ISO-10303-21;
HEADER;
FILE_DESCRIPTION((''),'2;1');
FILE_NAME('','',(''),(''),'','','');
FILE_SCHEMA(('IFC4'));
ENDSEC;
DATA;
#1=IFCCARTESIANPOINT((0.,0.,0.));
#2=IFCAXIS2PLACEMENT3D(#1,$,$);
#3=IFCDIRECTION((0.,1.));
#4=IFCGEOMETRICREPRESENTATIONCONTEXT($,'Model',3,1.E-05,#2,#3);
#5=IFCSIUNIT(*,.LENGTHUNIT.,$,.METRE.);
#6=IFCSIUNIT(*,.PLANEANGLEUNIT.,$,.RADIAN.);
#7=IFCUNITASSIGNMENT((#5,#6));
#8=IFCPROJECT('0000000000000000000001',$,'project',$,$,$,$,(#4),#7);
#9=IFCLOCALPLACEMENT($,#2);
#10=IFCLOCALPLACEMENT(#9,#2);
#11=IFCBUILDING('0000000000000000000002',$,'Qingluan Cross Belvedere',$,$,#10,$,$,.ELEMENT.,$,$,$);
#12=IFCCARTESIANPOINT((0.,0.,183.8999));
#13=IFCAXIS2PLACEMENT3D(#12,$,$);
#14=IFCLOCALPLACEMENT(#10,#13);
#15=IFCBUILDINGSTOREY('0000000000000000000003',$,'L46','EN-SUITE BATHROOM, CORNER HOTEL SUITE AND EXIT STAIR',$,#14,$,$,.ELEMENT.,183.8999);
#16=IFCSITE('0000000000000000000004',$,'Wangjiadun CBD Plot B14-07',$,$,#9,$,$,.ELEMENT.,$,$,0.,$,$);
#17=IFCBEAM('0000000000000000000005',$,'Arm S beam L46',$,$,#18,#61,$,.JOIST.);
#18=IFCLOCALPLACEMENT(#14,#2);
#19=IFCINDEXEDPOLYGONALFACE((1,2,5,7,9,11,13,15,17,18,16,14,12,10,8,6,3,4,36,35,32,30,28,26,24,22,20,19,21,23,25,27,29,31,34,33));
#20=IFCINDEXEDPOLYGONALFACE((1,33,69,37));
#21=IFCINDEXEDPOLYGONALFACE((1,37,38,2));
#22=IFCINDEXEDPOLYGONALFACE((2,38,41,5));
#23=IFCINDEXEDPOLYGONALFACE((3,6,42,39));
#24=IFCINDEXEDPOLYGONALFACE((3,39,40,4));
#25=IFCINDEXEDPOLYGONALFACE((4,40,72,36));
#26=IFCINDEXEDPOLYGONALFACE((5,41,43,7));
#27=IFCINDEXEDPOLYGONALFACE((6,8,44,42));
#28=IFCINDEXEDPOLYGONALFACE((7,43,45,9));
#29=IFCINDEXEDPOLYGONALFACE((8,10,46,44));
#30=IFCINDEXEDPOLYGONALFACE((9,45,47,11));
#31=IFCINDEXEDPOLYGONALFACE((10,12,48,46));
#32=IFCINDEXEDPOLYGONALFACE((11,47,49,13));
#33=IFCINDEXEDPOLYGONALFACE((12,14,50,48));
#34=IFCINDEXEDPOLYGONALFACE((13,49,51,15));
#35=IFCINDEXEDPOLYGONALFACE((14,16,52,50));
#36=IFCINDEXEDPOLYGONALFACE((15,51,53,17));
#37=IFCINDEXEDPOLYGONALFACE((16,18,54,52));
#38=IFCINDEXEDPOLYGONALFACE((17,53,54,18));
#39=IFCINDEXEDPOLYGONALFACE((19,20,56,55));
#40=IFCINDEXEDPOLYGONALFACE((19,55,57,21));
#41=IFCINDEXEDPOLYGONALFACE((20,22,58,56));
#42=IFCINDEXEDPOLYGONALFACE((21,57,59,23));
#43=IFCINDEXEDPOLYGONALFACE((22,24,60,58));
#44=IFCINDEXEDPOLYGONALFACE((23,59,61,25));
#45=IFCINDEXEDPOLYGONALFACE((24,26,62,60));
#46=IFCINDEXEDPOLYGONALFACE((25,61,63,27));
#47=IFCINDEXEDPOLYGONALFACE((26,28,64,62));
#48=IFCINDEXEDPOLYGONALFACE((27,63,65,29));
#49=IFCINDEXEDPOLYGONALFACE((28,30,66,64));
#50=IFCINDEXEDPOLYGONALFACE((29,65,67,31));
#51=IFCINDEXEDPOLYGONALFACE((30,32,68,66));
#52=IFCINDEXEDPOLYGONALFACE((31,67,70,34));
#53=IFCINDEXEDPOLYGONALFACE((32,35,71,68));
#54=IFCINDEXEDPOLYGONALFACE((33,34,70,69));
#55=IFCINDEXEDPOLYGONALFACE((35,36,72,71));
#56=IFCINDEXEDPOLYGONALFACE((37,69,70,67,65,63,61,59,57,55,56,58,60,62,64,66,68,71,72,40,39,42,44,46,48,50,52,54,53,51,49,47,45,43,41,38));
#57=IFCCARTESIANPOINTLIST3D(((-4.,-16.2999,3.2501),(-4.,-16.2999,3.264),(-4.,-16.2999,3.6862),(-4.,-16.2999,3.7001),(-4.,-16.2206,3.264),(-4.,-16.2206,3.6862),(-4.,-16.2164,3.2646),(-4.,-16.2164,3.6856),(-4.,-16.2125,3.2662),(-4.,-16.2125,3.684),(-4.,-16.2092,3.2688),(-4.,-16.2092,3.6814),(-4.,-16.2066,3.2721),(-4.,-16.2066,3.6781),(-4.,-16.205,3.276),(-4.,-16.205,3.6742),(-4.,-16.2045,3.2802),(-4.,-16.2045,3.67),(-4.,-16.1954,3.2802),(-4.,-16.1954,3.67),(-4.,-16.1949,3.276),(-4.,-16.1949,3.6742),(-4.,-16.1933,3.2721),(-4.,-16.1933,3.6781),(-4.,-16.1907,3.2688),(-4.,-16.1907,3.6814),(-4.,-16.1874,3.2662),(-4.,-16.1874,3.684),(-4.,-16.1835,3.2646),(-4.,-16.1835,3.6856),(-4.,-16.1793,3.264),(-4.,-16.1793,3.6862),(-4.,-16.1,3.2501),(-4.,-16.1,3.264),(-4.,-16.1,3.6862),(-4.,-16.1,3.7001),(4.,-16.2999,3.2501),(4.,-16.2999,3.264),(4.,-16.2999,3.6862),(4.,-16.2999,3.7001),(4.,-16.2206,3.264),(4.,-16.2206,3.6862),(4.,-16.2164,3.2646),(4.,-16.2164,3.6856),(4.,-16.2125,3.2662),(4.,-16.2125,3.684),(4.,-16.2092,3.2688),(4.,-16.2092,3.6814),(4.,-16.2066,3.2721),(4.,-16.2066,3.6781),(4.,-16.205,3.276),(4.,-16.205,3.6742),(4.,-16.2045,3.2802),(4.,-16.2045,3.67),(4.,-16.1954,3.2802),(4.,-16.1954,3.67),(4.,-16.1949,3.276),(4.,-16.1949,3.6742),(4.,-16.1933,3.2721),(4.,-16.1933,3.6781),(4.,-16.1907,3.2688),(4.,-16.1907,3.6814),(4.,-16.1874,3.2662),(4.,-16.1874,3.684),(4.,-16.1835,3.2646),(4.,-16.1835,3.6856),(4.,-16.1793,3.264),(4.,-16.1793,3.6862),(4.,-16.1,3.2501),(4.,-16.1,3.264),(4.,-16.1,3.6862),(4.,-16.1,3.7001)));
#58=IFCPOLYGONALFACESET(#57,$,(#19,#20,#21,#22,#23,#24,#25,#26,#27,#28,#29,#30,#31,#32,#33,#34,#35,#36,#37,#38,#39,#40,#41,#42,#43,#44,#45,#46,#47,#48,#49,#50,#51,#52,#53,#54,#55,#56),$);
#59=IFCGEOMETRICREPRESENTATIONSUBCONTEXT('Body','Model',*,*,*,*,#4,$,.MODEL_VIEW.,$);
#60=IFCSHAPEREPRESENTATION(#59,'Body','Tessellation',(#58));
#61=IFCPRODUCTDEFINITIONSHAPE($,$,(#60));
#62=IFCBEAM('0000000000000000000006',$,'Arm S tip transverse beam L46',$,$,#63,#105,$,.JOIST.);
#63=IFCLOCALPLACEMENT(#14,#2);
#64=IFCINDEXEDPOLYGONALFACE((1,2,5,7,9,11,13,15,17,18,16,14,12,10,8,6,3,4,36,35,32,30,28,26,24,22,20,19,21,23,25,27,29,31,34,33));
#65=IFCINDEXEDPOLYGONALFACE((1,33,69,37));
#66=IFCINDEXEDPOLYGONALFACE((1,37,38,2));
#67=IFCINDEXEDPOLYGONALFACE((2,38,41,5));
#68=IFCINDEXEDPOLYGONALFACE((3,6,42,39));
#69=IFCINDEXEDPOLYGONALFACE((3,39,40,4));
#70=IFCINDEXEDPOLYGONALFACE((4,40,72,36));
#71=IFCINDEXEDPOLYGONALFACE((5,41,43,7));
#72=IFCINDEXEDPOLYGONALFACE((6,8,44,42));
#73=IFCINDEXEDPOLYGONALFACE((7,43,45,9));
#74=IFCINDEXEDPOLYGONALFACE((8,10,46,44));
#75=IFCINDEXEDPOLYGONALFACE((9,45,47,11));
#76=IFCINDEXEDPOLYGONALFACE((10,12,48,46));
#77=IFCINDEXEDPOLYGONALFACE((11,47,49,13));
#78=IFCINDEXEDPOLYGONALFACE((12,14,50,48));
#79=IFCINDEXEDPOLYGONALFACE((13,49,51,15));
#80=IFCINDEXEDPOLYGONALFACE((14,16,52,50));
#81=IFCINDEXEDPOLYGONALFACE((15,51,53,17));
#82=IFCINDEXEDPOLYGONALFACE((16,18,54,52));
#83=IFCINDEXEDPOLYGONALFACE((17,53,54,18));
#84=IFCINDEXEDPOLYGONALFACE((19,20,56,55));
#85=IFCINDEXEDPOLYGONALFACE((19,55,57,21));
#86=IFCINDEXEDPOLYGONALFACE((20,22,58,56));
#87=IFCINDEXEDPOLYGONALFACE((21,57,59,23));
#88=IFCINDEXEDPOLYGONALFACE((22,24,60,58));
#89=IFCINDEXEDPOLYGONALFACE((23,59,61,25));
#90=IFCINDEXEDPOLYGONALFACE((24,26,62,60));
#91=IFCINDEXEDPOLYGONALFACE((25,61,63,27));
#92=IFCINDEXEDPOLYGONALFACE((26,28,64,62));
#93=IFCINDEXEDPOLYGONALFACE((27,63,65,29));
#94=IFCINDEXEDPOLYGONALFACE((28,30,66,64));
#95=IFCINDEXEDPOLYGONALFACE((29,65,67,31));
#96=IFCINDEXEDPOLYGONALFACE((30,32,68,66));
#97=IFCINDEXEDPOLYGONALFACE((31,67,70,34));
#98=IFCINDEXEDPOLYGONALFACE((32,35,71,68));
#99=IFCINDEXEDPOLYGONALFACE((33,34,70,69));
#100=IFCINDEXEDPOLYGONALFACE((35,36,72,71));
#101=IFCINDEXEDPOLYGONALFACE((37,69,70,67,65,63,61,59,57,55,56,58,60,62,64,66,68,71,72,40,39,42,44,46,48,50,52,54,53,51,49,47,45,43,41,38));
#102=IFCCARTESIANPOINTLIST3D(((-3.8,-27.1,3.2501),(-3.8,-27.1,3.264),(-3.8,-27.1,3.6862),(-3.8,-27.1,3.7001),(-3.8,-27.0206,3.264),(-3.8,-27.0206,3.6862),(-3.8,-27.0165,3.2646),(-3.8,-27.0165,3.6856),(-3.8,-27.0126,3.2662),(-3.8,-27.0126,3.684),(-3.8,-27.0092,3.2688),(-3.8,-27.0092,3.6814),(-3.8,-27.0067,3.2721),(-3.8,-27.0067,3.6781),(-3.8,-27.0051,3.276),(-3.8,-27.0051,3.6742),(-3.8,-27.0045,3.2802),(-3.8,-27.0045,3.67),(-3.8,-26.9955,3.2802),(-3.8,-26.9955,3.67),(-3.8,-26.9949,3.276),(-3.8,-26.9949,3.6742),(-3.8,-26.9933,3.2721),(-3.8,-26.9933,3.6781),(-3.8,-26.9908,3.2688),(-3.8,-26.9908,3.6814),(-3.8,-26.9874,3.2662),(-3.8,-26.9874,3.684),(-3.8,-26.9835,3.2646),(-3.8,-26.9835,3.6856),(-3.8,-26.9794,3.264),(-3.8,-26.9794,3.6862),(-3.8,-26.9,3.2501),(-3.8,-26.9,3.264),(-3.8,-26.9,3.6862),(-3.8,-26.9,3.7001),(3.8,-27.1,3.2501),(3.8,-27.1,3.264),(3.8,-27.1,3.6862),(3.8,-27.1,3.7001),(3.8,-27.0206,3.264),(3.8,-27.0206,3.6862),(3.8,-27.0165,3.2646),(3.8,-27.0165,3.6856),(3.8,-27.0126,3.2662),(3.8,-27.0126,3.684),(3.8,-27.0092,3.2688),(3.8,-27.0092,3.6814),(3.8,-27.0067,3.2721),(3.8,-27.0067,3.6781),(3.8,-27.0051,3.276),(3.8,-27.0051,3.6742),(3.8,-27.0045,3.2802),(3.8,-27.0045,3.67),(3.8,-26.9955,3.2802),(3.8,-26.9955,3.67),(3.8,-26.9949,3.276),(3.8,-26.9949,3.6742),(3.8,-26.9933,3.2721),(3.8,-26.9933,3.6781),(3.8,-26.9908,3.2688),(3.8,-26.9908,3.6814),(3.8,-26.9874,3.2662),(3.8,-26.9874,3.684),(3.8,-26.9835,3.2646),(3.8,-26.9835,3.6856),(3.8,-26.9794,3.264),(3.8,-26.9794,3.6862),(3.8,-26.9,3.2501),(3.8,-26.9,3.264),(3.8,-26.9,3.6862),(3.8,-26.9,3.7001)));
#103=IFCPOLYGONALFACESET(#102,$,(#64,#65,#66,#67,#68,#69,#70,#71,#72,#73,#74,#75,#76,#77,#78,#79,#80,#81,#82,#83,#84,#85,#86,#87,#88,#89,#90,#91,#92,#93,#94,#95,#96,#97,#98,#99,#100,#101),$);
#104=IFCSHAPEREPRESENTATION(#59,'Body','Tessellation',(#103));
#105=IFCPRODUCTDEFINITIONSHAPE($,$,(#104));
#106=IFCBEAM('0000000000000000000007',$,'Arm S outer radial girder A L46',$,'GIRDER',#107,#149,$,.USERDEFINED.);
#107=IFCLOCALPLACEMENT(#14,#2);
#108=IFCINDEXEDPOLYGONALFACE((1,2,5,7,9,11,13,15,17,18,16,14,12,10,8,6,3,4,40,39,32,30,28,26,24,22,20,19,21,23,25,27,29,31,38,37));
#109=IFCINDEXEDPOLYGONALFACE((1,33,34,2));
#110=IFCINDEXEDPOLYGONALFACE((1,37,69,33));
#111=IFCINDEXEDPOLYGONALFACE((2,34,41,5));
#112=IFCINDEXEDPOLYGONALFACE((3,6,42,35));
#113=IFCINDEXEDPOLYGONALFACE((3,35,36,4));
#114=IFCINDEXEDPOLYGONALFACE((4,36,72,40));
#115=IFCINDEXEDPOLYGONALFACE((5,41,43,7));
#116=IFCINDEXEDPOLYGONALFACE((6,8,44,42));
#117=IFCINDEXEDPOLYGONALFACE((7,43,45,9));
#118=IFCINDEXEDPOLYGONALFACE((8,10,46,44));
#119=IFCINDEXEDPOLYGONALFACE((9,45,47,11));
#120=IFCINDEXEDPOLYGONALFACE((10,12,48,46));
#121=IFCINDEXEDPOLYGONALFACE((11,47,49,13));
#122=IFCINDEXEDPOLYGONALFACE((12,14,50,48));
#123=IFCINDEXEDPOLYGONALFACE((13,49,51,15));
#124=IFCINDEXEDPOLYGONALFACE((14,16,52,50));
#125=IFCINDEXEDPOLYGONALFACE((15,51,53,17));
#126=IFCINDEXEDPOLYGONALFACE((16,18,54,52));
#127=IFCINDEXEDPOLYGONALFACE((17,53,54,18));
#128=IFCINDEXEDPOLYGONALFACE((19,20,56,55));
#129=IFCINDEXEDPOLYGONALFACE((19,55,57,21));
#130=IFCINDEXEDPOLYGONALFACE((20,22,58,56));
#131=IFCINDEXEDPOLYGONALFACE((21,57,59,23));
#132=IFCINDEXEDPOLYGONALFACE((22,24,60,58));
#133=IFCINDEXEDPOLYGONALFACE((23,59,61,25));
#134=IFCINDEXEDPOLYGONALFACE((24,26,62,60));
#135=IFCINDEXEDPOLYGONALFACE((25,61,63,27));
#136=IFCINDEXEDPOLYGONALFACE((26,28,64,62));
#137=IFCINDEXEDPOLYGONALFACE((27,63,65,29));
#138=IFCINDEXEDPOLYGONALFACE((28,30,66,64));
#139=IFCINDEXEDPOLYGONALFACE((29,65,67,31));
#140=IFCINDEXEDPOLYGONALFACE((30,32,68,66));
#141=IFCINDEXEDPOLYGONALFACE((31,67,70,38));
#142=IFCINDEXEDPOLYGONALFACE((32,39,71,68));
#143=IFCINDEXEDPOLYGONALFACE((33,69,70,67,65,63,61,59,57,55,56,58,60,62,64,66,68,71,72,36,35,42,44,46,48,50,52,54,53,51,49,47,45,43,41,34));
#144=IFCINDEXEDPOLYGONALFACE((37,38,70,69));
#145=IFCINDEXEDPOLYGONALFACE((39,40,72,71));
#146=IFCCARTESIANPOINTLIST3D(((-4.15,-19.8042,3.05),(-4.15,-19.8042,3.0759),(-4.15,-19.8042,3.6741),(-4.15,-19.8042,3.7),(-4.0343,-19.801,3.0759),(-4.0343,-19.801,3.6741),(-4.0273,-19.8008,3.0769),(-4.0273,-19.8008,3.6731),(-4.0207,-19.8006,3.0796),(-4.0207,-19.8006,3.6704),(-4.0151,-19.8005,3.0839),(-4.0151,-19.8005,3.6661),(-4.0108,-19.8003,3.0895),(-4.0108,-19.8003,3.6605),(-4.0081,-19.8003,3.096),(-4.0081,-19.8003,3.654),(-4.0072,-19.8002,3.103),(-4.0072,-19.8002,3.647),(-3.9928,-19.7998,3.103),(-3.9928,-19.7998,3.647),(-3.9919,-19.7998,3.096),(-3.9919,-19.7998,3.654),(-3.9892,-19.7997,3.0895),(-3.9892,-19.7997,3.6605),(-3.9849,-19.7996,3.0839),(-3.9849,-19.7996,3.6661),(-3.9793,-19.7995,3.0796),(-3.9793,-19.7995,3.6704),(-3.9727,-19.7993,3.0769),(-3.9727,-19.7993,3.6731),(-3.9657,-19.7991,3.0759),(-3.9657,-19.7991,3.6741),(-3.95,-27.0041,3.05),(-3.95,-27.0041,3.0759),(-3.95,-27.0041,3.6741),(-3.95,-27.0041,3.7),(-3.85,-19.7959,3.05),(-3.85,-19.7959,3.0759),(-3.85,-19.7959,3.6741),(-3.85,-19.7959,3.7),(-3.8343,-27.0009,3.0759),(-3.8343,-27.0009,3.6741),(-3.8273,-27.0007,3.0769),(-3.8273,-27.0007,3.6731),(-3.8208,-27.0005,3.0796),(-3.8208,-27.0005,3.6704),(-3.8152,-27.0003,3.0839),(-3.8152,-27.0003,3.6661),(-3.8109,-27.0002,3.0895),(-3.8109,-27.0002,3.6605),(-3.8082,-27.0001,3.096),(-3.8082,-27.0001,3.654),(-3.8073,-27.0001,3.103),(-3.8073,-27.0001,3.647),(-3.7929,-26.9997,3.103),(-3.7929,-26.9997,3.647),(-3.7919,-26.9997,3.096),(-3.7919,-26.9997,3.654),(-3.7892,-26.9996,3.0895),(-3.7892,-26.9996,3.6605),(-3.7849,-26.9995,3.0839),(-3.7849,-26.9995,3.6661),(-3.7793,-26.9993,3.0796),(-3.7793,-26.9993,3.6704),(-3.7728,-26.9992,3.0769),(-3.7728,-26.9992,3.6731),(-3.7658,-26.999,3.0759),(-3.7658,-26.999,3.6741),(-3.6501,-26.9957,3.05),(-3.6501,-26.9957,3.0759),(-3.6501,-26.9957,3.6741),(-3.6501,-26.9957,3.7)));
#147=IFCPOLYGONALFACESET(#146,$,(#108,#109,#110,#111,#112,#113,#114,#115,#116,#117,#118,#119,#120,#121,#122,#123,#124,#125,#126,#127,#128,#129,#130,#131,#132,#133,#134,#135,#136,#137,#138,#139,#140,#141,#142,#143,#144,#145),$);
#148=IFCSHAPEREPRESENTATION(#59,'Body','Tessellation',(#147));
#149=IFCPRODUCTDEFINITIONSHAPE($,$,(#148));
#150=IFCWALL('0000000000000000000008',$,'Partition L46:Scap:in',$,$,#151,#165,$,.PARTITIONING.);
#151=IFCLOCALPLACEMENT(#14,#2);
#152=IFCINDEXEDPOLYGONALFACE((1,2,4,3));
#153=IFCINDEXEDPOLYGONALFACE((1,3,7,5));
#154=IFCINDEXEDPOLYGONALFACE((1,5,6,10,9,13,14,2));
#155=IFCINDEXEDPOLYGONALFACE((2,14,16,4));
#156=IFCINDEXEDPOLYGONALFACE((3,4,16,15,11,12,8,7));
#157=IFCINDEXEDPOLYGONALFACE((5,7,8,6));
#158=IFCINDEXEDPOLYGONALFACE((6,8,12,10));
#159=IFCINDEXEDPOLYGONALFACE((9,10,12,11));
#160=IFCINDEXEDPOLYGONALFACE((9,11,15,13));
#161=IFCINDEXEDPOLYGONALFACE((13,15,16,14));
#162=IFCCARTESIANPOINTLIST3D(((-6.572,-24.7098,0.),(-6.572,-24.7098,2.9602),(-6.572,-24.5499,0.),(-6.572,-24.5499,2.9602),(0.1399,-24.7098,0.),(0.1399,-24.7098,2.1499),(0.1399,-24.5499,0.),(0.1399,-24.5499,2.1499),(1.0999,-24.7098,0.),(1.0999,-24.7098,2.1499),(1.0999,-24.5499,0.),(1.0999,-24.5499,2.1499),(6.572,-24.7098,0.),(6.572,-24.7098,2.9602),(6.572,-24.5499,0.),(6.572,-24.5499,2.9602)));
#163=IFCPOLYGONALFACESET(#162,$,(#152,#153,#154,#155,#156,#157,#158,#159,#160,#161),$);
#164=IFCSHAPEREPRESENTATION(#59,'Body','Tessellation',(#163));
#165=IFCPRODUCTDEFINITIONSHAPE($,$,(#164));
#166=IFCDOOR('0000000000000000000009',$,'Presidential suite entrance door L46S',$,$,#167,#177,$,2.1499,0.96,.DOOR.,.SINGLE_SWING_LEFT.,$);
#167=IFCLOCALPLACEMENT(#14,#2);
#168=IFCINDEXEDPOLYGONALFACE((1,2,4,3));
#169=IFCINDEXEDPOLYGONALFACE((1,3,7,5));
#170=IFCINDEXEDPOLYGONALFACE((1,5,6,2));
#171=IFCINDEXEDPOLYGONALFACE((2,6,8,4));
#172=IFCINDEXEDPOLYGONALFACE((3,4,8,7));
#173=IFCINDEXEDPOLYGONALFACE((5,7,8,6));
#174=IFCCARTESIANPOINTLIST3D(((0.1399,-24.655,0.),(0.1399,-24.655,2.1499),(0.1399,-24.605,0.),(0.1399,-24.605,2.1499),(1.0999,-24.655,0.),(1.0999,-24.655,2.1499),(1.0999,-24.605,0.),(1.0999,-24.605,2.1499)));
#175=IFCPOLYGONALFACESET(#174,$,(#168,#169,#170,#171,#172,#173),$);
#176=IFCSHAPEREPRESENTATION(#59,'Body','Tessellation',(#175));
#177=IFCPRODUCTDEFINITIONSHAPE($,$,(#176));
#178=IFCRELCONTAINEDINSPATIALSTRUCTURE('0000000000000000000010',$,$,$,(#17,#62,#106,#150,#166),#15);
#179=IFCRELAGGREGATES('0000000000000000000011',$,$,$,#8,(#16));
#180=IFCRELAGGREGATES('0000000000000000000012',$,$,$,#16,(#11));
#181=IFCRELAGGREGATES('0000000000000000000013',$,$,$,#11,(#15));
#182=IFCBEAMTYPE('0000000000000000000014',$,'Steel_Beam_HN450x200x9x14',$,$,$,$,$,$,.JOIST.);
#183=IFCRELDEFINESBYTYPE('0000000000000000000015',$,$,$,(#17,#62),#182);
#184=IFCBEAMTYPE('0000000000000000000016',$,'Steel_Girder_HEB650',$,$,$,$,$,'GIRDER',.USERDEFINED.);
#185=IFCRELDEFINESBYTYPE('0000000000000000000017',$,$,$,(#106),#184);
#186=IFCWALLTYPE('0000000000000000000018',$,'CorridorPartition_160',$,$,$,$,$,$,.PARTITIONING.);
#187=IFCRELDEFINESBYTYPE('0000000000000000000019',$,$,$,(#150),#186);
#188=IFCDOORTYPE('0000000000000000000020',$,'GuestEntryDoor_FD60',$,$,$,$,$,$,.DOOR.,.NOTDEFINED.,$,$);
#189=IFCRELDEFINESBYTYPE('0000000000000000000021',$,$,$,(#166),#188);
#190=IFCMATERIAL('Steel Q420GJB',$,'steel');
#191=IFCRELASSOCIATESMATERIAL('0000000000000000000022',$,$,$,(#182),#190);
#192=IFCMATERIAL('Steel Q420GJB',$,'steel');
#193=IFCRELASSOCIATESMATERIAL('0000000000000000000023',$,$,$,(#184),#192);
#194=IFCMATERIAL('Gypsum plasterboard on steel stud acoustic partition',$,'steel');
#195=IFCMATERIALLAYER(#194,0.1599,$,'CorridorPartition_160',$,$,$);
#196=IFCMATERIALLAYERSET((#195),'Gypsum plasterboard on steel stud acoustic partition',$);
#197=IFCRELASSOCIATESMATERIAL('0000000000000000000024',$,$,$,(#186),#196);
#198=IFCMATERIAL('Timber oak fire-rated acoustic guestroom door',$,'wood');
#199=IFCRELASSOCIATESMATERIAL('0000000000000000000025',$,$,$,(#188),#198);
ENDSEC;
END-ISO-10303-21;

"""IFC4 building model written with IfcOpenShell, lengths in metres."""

from ifc_helpers import new_model, si_unit, direction, frame, frame_2d, origin, origin_2d, place, context, subcontext, project, spatial, rectangle, i_section, extrude, material, layer, layer_set, material_profile, profile_set, type_object, element, fill, save


model = new_model("IFC4")

# Units and contexts
model_context = context("Model", 3, precision=1e-05, world=origin(), true_north=direction((0.0, 1.0)))
body_context = subcontext(model_context, "Body", "Model", "MODEL_VIEW")
ifc_project = project(units=[si_unit("LENGTHUNIT", "METRE"), si_unit("PLANEANGLEUNIT", "RADIAN")], contexts=[model_context])

# Site, building, storey
site_placement = place(None, origin())
site = spatial("IfcSite", under=ifc_project, at=site_placement, Name="Wangjiadun CBD Plot B14-07", CompositionType="ELEMENT", RefElevation=0.0)
building_placement = place(site_placement, origin())
building = spatial("IfcBuilding", under=site, at=building_placement, Name="Qingluan Cross Belvedere", CompositionType="ELEMENT")
storey_placement = place(building_placement, frame((0.0, 0.0, 183.8999)))
storey = spatial("IfcBuildingStorey", under=building, at=storey_placement, Name="L46", Description="EN-SUITE BATHROOM, CORNER HOTEL SUITE AND EXIT STAIR", CompositionType="ELEMENT", Elevation=183.8999)

# Beams
ifc_material_1 = material(Name="Steel Q420GJB", Category="steel")
ifc_material_profile_1 = material_profile(ifc_material_1, i_section(OverallWidth=0.2, OverallDepth=0.45, WebThickness=0.009, FlangeThickness=0.0139, FilletRadius=0.0161, at=origin_2d()), Name="HN450x200x9x14")
ifc_profile_set_1 = profile_set([ifc_material_profile_1], Name="Steel Q420GJB")
beam_type_1 = type_object("IfcBeamType", Name="Steel_Beam_HN450x200x9x14", PredefinedType="JOIST", material=ifc_profile_set_1)
for number, where, z_axis, x_axis, name in (
    (1, (-4.0, -16.2, 3.4751), (1.0, 0.0, 0.0), (0.0, 1.0, 0.0), "Arm S beam L46"),
):
    element("IfcBeam", number, at=place(storey_placement, frame(where, z_axis=z_axis, x_axis=x_axis)), inside=storey, type_object=beam_type_1, Name=name, PredefinedType="JOIST", context=body_context, shape_type="SweptSolid", body=[
        extrude(i_section(OverallWidth=0.2, OverallDepth=0.45, WebThickness=0.009, FlangeThickness=0.0139, FilletRadius=0.0161, at=origin_2d()), origin(), (0.0, 0.0, 1.0), 8.0),
    ])
beam_1_placement = place(storey_placement, frame((-3.8, -27.0, 3.4751), z_axis=(1.0, 0.0, 0.0), x_axis=(0.0, 1.0, 0.0)))
element("IfcBeam", 2, at=beam_1_placement, inside=storey, type_object=beam_type_1, Name="Arm S tip transverse beam L46", PredefinedType="JOIST", context=body_context, shape_type="SweptSolid", body=[
    extrude(i_section(OverallWidth=0.2, OverallDepth=0.45, WebThickness=0.009, FlangeThickness=0.0139, FilletRadius=0.0161, at=origin_2d()), origin(), (0.0, 0.0, 1.0), 7.6001),
])
ifc_material_2 = material(Name="Steel Q420GJB", Category="steel")
ifc_material_profile_2 = material_profile(ifc_material_2, i_section(OverallWidth=0.3, OverallDepth=0.6499, WebThickness=0.0144, FlangeThickness=0.0259, FilletRadius=0.0271, at=origin_2d()), Name="HEB650")
ifc_profile_set_2 = profile_set([ifc_material_profile_2], Name="Steel Q420GJB")
beam_type_2 = type_object("IfcBeamType", Name="Steel_Girder_HEB650", ElementType="GIRDER", PredefinedType="USERDEFINED", material=ifc_profile_set_2)
beam_2_placement = place(storey_placement, frame((-4.0, -19.8, 3.375), z_axis=(0.02776, -0.999615, 0.0), x_axis=(0.999615, 0.02776, 0.0)))
element("IfcBeam", 3, at=beam_2_placement, inside=storey, type_object=beam_type_2, Name="Arm S outer radial girder A L46", ObjectType="GIRDER", PredefinedType="USERDEFINED", context=body_context, shape_type="SweptSolid", body=[
    extrude(i_section(OverallWidth=0.3, OverallDepth=0.6499, WebThickness=0.0144, FlangeThickness=0.0259, FilletRadius=0.0271, at=origin_2d()), origin(), (0.0, 0.0, 1.0), 7.2026),
])

# Wall, opening, door
ifc_material_3 = material(Name="Gypsum plasterboard on steel stud acoustic partition", Category="steel")
ifc_layer_1 = layer(ifc_material_3, 0.1599, Name="CorridorPartition_160")
ifc_layer_set_1 = layer_set([ifc_layer_1], Name="Gypsum plasterboard on steel stud acoustic partition")
wall_type_1 = type_object("IfcWallType", Name="CorridorPartition_160", PredefinedType="PARTITIONING", material=ifc_layer_set_1)
wall_1_placement = place(storey_placement, frame((-6.572, -24.6299, 0.0), z_axis=(0.0, 0.0, 1.0), x_axis=(1.0, 0.0, 0.0)))
wall_1 = element("IfcWall", 4, at=wall_1_placement, inside=storey, type_object=wall_type_1, Name="Partition L46:Scap:in", PredefinedType="PARTITIONING", context=body_context, shape_type="SweptSolid", body=[
    extrude(rectangle(XDim=13.144, YDim=0.1599, at=frame_2d((6.572, 0.0))), origin(), (0.0, 0.0, 1.0), 2.9602),
])
opening_1_placement = place(wall_1_placement, frame((6.7119, 0.0, 0.0)))
opening_1 = element("IfcOpeningElement", 5, at=opening_1_placement, cuts=wall_1, PredefinedType="OPENING", context=body_context, shape_type="SweptSolid", body=[
    extrude(rectangle(XDim=0.96, YDim=2.1499, at=frame_2d((0.48, 1.075))), frame((0.0, 0.0898, 0.0), z_axis=(0.0, -1.0, 0.0), x_axis=(1.0, 0.0, 0.0)), (0.0, 0.0, 1.0), 0.1799),
])
ifc_material_4 = material(Name="Timber oak fire-rated acoustic guestroom door", Category="wood")
door_type = type_object("IfcDoorType", Name="GuestEntryDoor_FD60", OperationType="NOTDEFINED", PredefinedType="DOOR", material=ifc_material_4)
door_placement = place(opening_1_placement, origin())
door = element("IfcDoor", 6, at=door_placement, inside=storey, type_object=door_type, Name="Presidential suite entrance door L46S", OperationType="SINGLE_SWING_LEFT", OverallHeight=2.1499, OverallWidth=0.96, PredefinedType="DOOR", context=body_context, shape_type="SweptSolid", body=[
    extrude(rectangle(XDim=0.96, YDim=2.1499, at=frame_2d((0.48, 1.075))), frame((0.0, 0.0249, 0.0), z_axis=(0.0, -1.0, 0.0), x_axis=(1.0, 0.0, 0.0)), (0.0, 0.0, 1.0), 0.05),
])
fill(opening_1, door)

save(model, "model.ifc")
